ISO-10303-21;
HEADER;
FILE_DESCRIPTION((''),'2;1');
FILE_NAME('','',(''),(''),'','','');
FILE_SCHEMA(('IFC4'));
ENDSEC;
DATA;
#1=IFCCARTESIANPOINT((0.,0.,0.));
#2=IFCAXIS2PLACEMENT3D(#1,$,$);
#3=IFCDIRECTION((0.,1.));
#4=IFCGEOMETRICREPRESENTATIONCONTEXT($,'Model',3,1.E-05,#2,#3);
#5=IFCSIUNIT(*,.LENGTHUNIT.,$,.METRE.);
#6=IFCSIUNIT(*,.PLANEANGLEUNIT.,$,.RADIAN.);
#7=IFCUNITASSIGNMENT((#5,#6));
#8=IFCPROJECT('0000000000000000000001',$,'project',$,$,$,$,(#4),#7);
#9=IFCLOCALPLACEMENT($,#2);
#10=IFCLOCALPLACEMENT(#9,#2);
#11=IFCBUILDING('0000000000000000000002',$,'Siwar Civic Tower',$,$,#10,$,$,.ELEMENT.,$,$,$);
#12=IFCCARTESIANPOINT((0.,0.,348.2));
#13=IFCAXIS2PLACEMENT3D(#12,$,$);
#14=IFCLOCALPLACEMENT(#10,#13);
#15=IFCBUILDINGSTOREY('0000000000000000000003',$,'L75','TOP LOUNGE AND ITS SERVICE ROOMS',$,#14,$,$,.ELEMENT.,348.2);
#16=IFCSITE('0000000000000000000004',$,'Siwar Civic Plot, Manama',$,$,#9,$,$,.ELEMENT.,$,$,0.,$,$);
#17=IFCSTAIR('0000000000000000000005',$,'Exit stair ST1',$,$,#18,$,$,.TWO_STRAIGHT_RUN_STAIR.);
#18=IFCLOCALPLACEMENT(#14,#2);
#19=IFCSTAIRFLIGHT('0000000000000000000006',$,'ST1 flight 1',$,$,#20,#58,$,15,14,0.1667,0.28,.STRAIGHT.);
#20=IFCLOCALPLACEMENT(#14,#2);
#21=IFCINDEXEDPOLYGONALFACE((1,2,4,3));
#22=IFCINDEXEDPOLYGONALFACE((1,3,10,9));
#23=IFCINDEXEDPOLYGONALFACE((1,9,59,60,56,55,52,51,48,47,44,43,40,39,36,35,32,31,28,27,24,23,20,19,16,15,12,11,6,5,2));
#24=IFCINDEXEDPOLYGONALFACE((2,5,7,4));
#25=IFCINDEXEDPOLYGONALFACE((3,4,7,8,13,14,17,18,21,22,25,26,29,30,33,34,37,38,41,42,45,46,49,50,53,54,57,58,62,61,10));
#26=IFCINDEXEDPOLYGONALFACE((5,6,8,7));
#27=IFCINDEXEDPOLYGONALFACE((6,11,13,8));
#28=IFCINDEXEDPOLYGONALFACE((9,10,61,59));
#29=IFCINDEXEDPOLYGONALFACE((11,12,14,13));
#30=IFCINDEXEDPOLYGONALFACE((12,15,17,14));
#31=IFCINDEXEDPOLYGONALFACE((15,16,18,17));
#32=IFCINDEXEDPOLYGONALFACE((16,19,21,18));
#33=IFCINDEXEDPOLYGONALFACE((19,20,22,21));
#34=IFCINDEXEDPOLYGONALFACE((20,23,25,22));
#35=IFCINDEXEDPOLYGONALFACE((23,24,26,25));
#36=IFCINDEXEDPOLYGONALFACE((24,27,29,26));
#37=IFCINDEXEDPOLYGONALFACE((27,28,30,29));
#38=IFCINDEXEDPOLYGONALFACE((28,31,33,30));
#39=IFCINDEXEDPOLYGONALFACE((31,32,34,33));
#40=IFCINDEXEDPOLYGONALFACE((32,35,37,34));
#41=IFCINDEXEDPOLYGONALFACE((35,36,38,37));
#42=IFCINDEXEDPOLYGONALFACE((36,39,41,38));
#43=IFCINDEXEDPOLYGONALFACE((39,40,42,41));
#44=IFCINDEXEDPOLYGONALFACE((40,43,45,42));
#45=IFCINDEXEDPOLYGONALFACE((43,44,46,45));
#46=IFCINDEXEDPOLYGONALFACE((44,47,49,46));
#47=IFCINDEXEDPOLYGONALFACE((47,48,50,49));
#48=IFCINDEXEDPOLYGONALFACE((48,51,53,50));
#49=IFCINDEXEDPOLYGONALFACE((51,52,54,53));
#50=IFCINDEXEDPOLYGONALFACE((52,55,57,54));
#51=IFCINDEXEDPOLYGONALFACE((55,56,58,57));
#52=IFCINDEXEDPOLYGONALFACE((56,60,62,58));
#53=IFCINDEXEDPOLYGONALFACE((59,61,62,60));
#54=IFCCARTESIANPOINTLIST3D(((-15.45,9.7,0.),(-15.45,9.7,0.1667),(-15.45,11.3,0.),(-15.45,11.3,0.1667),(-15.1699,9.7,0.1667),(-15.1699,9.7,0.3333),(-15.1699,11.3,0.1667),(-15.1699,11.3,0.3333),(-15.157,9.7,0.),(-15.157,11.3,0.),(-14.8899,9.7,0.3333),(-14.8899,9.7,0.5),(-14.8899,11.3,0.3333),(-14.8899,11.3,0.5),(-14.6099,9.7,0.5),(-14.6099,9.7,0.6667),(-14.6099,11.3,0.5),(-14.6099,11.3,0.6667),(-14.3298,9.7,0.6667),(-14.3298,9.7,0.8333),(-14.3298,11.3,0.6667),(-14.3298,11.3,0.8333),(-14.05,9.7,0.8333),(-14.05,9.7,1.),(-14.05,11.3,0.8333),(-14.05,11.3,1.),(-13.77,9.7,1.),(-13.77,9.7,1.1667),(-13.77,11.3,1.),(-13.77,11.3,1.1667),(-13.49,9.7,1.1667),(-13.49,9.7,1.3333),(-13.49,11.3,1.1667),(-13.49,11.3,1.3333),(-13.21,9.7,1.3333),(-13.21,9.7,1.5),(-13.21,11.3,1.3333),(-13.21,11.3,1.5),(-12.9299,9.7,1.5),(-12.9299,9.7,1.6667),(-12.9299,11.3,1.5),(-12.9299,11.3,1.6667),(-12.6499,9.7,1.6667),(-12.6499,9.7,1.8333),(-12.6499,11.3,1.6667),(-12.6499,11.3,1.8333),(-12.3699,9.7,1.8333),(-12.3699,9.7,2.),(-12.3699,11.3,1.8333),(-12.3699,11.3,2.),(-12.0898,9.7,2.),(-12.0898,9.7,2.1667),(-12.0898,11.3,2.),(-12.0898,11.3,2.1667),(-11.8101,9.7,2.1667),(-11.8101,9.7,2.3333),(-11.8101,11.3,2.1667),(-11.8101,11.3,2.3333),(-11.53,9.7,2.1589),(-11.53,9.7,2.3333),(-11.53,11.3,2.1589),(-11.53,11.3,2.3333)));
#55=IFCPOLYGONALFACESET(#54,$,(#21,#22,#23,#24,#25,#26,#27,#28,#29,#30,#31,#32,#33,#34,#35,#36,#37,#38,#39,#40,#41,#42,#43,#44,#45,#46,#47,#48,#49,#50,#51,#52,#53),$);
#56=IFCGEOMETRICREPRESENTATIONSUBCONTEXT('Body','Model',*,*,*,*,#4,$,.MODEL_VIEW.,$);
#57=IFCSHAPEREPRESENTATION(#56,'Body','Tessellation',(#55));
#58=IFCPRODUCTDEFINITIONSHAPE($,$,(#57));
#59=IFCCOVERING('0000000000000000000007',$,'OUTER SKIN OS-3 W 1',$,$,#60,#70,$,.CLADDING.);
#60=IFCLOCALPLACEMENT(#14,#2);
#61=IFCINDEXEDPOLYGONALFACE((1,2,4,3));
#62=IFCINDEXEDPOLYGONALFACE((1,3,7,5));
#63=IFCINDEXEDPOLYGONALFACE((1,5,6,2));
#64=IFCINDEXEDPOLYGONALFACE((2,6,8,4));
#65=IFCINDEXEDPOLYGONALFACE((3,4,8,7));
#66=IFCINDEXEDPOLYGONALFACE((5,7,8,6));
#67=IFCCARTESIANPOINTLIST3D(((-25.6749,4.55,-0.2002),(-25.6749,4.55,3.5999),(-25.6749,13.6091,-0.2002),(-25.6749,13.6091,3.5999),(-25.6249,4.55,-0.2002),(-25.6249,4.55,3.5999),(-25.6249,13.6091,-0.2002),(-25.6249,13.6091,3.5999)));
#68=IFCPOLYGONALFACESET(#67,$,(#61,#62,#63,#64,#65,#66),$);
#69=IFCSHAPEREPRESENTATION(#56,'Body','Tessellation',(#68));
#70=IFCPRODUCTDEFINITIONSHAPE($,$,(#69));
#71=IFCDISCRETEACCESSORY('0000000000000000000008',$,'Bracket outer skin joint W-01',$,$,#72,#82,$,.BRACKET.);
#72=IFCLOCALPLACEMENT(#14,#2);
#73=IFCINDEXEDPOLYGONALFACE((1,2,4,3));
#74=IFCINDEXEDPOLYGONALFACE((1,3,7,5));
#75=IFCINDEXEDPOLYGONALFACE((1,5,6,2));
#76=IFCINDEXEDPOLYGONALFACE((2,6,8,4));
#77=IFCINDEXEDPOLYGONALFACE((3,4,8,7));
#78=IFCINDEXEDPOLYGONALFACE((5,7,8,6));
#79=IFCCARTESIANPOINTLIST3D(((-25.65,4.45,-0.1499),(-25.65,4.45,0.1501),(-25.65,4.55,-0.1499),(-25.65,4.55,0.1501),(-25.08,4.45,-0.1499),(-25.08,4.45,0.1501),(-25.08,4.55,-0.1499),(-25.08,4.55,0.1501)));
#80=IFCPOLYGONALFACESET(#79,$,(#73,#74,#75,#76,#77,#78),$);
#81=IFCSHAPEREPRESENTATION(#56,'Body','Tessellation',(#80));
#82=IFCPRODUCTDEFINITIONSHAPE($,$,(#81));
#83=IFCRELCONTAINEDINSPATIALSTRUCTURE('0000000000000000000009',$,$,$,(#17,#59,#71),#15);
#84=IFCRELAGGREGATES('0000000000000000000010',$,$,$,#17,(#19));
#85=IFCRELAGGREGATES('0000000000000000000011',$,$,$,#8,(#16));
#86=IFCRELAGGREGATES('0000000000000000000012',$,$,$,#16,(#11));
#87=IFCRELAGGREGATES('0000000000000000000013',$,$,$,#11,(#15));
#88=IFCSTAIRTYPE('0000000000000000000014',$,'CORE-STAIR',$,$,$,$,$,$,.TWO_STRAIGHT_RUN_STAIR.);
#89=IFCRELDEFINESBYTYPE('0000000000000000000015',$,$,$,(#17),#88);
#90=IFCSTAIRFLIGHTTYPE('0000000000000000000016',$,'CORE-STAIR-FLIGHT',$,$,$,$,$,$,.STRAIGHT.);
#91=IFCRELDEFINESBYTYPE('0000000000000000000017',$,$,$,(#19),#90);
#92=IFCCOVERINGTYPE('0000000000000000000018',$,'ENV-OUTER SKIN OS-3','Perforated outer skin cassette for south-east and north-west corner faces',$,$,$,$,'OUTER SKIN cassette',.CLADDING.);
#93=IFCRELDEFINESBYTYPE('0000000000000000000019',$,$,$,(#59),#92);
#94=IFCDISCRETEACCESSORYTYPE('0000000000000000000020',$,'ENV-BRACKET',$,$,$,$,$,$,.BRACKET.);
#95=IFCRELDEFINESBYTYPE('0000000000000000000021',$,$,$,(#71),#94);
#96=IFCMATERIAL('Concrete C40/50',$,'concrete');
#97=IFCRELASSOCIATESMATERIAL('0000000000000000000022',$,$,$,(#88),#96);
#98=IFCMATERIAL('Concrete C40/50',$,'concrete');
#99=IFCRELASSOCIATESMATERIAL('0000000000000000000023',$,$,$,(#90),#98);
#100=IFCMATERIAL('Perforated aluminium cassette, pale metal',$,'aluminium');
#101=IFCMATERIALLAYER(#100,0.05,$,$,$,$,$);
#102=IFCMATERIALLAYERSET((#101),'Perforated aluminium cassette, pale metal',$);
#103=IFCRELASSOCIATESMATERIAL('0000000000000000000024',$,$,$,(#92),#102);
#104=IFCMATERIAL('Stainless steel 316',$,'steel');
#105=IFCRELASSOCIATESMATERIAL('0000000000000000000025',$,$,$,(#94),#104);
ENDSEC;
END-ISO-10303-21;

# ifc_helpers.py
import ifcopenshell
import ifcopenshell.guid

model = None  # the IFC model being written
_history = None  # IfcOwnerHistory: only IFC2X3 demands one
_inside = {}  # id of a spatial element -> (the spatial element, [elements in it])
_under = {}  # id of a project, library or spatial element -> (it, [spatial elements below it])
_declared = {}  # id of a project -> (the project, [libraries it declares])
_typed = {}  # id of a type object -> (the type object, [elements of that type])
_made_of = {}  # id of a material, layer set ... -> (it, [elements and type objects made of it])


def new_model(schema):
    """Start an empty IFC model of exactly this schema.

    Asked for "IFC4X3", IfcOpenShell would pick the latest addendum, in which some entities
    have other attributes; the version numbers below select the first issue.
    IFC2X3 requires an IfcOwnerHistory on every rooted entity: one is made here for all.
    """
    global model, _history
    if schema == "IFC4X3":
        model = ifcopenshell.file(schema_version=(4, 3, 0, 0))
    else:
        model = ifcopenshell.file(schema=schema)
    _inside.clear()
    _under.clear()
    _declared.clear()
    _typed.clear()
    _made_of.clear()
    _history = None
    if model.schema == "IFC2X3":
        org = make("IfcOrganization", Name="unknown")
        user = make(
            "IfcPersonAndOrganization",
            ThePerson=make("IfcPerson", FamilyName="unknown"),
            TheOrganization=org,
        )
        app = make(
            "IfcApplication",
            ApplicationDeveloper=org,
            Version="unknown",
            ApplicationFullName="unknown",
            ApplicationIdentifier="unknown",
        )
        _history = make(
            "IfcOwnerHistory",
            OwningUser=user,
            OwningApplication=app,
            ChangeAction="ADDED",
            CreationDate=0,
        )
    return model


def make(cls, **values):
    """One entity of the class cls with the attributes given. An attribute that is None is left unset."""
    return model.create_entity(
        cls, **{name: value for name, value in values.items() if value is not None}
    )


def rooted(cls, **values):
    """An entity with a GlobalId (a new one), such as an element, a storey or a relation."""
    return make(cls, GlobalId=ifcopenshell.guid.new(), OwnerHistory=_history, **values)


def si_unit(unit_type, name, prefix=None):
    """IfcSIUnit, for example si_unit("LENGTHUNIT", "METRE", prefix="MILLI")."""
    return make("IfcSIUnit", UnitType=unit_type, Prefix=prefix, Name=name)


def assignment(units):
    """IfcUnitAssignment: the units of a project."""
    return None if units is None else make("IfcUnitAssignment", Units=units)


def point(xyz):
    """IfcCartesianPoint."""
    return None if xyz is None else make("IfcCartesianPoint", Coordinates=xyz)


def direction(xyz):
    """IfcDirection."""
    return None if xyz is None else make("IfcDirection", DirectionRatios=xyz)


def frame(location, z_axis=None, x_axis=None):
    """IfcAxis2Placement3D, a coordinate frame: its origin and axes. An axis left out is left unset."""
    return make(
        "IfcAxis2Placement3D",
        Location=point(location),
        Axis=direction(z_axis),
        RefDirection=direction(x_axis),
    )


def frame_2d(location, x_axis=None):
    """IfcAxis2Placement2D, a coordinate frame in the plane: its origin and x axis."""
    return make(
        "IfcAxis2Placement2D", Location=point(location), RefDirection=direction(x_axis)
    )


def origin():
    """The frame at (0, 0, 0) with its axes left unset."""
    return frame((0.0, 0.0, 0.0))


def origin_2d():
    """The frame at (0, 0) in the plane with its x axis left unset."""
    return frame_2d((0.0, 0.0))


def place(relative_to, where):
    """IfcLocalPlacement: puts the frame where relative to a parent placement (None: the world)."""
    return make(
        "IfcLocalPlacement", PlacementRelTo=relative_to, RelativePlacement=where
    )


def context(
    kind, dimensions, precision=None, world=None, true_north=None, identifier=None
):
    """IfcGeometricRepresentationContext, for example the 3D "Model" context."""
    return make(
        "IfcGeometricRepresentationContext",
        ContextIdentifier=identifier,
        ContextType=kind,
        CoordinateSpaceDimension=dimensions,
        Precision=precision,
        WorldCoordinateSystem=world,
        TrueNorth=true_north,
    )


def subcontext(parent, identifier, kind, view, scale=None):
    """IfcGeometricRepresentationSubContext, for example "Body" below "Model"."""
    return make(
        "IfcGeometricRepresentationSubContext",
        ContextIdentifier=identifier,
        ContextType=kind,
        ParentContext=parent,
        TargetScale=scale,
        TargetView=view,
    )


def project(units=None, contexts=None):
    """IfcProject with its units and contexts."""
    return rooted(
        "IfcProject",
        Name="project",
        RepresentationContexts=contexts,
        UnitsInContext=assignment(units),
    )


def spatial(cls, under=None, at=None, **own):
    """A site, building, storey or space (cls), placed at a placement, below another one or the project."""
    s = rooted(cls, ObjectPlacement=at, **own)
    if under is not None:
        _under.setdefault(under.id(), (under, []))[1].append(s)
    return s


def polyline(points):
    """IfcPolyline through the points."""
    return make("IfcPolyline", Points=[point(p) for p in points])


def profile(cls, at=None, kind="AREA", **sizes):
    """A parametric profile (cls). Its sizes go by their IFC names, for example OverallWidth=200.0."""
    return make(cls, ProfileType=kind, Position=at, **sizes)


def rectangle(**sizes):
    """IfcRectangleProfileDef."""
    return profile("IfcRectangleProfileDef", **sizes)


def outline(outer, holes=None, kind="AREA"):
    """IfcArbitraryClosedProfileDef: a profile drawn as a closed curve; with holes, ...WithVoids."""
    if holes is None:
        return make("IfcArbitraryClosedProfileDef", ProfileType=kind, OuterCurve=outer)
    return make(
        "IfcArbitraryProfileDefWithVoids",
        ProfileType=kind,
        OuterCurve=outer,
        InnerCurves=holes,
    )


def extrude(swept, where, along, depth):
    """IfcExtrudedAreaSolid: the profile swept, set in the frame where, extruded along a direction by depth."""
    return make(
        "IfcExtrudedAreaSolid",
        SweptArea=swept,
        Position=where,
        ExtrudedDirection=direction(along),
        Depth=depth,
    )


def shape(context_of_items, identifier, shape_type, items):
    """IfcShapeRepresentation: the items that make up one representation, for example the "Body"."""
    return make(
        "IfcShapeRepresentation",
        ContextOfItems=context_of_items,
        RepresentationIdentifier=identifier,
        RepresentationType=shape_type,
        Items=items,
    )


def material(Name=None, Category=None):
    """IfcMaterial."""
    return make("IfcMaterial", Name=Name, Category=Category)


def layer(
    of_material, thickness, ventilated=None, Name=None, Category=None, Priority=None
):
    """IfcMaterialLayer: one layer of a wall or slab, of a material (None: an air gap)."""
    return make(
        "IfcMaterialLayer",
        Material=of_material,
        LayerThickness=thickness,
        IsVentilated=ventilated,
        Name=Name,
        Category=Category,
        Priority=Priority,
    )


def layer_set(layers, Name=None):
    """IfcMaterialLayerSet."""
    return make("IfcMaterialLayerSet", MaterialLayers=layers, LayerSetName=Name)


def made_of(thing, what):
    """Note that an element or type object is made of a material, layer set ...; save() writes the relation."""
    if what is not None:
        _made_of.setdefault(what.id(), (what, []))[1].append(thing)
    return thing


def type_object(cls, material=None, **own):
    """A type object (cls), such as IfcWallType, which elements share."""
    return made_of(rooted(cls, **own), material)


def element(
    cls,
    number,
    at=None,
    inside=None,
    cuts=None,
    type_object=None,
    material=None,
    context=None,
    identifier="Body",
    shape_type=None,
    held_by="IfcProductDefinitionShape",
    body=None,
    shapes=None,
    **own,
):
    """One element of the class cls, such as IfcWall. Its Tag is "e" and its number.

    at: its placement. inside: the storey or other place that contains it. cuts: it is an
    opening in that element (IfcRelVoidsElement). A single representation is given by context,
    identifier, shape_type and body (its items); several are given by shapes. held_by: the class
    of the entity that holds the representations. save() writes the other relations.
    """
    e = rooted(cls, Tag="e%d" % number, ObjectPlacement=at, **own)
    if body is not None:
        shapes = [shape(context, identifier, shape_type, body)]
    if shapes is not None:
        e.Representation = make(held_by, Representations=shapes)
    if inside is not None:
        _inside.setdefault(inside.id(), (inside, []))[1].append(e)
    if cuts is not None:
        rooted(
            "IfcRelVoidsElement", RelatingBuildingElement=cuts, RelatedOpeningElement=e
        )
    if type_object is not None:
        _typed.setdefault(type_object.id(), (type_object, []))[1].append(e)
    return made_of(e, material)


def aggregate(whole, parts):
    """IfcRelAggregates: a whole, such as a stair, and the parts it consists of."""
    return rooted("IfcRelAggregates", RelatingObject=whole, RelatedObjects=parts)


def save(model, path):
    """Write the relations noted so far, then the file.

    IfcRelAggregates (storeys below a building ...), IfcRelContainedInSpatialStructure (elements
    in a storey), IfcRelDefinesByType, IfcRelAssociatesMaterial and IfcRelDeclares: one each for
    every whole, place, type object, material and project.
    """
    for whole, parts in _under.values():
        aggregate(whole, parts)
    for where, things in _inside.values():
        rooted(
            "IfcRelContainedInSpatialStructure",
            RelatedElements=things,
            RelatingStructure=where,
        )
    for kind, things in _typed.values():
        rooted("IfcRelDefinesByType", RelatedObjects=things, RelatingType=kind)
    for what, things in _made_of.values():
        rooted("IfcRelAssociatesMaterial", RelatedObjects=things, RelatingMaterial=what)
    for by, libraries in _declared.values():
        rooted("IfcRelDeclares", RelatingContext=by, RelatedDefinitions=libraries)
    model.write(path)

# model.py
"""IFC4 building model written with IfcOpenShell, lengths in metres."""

from ifc_helpers import new_model, si_unit, direction, frame, origin, origin_2d, place, context, subcontext, project, spatial, polyline, rectangle, outline, extrude, material, layer, layer_set, type_object, element, aggregate, save


model = new_model("IFC4")

# Units and contexts
model_context = context("Model", 3, precision=1e-05, world=origin(), true_north=direction((0.0, 1.0)))
body_context = subcontext(model_context, "Body", "Model", "MODEL_VIEW")
ifc_project = project(units=[si_unit("LENGTHUNIT", "METRE"), si_unit("PLANEANGLEUNIT", "RADIAN")], contexts=[model_context])

# Site, building, storey
site_placement = place(None, origin())
site = spatial("IfcSite", under=ifc_project, at=site_placement, Name="Siwar Civic Plot, Manama", CompositionType="ELEMENT", RefElevation=0.0)
building_placement = place(site_placement, origin())
building = spatial("IfcBuilding", under=site, at=building_placement, Name="Siwar Civic Tower", CompositionType="ELEMENT")
storey_placement = place(building_placement, frame((0.0, 0.0, 348.2)))
storey = spatial("IfcBuildingStorey", under=building, at=storey_placement, Name="L75", Description="TOP LOUNGE AND ITS SERVICE ROOMS", CompositionType="ELEMENT", Elevation=348.2)

# Stair, stair flight
ifc_material_1 = material(Name="Concrete C40/50", Category="concrete")
stair_type = type_object("IfcStairType", Name="CORE-STAIR", PredefinedType="TWO_STRAIGHT_RUN_STAIR", material=ifc_material_1)
stair_placement = place(storey_placement, origin())
stair = element("IfcStair", 1, at=stair_placement, inside=storey, type_object=stair_type, Name="Exit stair ST1", PredefinedType="TWO_STRAIGHT_RUN_STAIR")
ifc_material_2 = material(Name="Concrete C40/50", Category="concrete")
stair_flight_type = type_object("IfcStairFlightType", Name="CORE-STAIR-FLIGHT", PredefinedType="STRAIGHT", material=ifc_material_2)
stair_flight_placement = place(storey_placement, frame((-15.45, 10.5, 0.0), z_axis=(0.0, 0.0, 1.0), x_axis=(1.0, 0.0, 0.0)))
stair_flight = element("IfcStairFlight", 2, at=stair_flight_placement, type_object=stair_flight_type, Name="ST1 flight 1", NumberOfRisers=15, NumberOfTreads=14, PredefinedType="STRAIGHT", RiserHeight=0.1667, TreadLength=0.28, context=body_context, shape_type="SweptSolid", body=[
    extrude(outline(polyline([(0.0, 0.0), (0.0, 0.1667), (0.28, 0.1667), (0.28, 0.3333), (0.5601, 0.3333), (0.5601, 0.5), (0.8401, 0.5), (0.8401, 0.6667), (1.1201, 0.6667), (1.1201, 0.8333), (1.3999, 0.8333), (1.3999, 1.0), (1.6799, 1.0), (1.6799, 1.1667), (1.96, 1.1667), (1.96, 1.3333), (2.24, 1.3333), (2.24, 1.5), (2.52, 1.5), (2.52, 1.6667), (2.8, 1.6667), (2.8, 1.8333), (3.0801, 1.8333), (3.0801, 2.0), (3.3601, 2.0), (3.3601, 2.1667), (3.6399, 2.1667), (3.6399, 2.3333), (3.9199, 2.3333), (3.9199, 2.5), (3.9199, 2.1589), (0.293, 0.0), (0.0, 0.0)])), frame((0.0, 0.8, 0.0), z_axis=(0.0, -1.0, 0.0), x_axis=(1.0, 0.0, 0.0)), (0.0, 0.0, 1.0), 1.6001),
])
aggregate(stair, [stair_flight])

# Covering
ifc_material_3 = material(Name="Perforated aluminium cassette, pale metal", Category="aluminium")
ifc_layer_1 = layer(ifc_material_3, 0.05)
ifc_layer_set_1 = layer_set([ifc_layer_1], Name="Perforated aluminium cassette, pale metal")
covering_type = type_object("IfcCoveringType", Name="ENV-OUTER SKIN OS-3", Description="Perforated outer skin cassette for south-east and north-west corner faces", ElementType="OUTER SKIN cassette", PredefinedType="CLADDING", material=ifc_layer_set_1)
covering_placement = place(storey_placement, frame((-25.6499, 9.0796, -0.2002), z_axis=(0.0, 0.0, 1.0), x_axis=(0.0, -1.0, 0.0)))
element("IfcCovering", 3, at=covering_placement, inside=storey, type_object=covering_type, Name="OUTER SKIN OS-3 W 1", PredefinedType="CLADDING", context=body_context, shape_type="SweptSolid", body=[
    extrude(rectangle(XDim=9.0591, YDim=0.05, at=origin_2d()), origin(), (0.0, 0.0, 1.0), 3.8),
])

# Discrete accessory
ifc_material_4 = material(Name="Stainless steel 316", Category="steel")
discrete_accessory_type = type_object("IfcDiscreteAccessoryType", Name="ENV-BRACKET", PredefinedType="BRACKET", material=ifc_material_4)
discrete_accessory_placement = place(storey_placement, frame((-25.365, 4.5, -0.1499), z_axis=(0.0, 0.0, 1.0), x_axis=(-1.0, 0.0, 0.0)))
element("IfcDiscreteAccessory", 4, at=discrete_accessory_placement, inside=storey, type_object=discrete_accessory_type, Name="Bracket outer skin joint W-01", PredefinedType="BRACKET", context=body_context, shape_type="SweptSolid", body=[
    extrude(rectangle(XDim=0.5701, YDim=0.1001, at=origin_2d()), origin(), (0.0, 0.0, 1.0), 0.3),
])

save(model, "model.ifc")
